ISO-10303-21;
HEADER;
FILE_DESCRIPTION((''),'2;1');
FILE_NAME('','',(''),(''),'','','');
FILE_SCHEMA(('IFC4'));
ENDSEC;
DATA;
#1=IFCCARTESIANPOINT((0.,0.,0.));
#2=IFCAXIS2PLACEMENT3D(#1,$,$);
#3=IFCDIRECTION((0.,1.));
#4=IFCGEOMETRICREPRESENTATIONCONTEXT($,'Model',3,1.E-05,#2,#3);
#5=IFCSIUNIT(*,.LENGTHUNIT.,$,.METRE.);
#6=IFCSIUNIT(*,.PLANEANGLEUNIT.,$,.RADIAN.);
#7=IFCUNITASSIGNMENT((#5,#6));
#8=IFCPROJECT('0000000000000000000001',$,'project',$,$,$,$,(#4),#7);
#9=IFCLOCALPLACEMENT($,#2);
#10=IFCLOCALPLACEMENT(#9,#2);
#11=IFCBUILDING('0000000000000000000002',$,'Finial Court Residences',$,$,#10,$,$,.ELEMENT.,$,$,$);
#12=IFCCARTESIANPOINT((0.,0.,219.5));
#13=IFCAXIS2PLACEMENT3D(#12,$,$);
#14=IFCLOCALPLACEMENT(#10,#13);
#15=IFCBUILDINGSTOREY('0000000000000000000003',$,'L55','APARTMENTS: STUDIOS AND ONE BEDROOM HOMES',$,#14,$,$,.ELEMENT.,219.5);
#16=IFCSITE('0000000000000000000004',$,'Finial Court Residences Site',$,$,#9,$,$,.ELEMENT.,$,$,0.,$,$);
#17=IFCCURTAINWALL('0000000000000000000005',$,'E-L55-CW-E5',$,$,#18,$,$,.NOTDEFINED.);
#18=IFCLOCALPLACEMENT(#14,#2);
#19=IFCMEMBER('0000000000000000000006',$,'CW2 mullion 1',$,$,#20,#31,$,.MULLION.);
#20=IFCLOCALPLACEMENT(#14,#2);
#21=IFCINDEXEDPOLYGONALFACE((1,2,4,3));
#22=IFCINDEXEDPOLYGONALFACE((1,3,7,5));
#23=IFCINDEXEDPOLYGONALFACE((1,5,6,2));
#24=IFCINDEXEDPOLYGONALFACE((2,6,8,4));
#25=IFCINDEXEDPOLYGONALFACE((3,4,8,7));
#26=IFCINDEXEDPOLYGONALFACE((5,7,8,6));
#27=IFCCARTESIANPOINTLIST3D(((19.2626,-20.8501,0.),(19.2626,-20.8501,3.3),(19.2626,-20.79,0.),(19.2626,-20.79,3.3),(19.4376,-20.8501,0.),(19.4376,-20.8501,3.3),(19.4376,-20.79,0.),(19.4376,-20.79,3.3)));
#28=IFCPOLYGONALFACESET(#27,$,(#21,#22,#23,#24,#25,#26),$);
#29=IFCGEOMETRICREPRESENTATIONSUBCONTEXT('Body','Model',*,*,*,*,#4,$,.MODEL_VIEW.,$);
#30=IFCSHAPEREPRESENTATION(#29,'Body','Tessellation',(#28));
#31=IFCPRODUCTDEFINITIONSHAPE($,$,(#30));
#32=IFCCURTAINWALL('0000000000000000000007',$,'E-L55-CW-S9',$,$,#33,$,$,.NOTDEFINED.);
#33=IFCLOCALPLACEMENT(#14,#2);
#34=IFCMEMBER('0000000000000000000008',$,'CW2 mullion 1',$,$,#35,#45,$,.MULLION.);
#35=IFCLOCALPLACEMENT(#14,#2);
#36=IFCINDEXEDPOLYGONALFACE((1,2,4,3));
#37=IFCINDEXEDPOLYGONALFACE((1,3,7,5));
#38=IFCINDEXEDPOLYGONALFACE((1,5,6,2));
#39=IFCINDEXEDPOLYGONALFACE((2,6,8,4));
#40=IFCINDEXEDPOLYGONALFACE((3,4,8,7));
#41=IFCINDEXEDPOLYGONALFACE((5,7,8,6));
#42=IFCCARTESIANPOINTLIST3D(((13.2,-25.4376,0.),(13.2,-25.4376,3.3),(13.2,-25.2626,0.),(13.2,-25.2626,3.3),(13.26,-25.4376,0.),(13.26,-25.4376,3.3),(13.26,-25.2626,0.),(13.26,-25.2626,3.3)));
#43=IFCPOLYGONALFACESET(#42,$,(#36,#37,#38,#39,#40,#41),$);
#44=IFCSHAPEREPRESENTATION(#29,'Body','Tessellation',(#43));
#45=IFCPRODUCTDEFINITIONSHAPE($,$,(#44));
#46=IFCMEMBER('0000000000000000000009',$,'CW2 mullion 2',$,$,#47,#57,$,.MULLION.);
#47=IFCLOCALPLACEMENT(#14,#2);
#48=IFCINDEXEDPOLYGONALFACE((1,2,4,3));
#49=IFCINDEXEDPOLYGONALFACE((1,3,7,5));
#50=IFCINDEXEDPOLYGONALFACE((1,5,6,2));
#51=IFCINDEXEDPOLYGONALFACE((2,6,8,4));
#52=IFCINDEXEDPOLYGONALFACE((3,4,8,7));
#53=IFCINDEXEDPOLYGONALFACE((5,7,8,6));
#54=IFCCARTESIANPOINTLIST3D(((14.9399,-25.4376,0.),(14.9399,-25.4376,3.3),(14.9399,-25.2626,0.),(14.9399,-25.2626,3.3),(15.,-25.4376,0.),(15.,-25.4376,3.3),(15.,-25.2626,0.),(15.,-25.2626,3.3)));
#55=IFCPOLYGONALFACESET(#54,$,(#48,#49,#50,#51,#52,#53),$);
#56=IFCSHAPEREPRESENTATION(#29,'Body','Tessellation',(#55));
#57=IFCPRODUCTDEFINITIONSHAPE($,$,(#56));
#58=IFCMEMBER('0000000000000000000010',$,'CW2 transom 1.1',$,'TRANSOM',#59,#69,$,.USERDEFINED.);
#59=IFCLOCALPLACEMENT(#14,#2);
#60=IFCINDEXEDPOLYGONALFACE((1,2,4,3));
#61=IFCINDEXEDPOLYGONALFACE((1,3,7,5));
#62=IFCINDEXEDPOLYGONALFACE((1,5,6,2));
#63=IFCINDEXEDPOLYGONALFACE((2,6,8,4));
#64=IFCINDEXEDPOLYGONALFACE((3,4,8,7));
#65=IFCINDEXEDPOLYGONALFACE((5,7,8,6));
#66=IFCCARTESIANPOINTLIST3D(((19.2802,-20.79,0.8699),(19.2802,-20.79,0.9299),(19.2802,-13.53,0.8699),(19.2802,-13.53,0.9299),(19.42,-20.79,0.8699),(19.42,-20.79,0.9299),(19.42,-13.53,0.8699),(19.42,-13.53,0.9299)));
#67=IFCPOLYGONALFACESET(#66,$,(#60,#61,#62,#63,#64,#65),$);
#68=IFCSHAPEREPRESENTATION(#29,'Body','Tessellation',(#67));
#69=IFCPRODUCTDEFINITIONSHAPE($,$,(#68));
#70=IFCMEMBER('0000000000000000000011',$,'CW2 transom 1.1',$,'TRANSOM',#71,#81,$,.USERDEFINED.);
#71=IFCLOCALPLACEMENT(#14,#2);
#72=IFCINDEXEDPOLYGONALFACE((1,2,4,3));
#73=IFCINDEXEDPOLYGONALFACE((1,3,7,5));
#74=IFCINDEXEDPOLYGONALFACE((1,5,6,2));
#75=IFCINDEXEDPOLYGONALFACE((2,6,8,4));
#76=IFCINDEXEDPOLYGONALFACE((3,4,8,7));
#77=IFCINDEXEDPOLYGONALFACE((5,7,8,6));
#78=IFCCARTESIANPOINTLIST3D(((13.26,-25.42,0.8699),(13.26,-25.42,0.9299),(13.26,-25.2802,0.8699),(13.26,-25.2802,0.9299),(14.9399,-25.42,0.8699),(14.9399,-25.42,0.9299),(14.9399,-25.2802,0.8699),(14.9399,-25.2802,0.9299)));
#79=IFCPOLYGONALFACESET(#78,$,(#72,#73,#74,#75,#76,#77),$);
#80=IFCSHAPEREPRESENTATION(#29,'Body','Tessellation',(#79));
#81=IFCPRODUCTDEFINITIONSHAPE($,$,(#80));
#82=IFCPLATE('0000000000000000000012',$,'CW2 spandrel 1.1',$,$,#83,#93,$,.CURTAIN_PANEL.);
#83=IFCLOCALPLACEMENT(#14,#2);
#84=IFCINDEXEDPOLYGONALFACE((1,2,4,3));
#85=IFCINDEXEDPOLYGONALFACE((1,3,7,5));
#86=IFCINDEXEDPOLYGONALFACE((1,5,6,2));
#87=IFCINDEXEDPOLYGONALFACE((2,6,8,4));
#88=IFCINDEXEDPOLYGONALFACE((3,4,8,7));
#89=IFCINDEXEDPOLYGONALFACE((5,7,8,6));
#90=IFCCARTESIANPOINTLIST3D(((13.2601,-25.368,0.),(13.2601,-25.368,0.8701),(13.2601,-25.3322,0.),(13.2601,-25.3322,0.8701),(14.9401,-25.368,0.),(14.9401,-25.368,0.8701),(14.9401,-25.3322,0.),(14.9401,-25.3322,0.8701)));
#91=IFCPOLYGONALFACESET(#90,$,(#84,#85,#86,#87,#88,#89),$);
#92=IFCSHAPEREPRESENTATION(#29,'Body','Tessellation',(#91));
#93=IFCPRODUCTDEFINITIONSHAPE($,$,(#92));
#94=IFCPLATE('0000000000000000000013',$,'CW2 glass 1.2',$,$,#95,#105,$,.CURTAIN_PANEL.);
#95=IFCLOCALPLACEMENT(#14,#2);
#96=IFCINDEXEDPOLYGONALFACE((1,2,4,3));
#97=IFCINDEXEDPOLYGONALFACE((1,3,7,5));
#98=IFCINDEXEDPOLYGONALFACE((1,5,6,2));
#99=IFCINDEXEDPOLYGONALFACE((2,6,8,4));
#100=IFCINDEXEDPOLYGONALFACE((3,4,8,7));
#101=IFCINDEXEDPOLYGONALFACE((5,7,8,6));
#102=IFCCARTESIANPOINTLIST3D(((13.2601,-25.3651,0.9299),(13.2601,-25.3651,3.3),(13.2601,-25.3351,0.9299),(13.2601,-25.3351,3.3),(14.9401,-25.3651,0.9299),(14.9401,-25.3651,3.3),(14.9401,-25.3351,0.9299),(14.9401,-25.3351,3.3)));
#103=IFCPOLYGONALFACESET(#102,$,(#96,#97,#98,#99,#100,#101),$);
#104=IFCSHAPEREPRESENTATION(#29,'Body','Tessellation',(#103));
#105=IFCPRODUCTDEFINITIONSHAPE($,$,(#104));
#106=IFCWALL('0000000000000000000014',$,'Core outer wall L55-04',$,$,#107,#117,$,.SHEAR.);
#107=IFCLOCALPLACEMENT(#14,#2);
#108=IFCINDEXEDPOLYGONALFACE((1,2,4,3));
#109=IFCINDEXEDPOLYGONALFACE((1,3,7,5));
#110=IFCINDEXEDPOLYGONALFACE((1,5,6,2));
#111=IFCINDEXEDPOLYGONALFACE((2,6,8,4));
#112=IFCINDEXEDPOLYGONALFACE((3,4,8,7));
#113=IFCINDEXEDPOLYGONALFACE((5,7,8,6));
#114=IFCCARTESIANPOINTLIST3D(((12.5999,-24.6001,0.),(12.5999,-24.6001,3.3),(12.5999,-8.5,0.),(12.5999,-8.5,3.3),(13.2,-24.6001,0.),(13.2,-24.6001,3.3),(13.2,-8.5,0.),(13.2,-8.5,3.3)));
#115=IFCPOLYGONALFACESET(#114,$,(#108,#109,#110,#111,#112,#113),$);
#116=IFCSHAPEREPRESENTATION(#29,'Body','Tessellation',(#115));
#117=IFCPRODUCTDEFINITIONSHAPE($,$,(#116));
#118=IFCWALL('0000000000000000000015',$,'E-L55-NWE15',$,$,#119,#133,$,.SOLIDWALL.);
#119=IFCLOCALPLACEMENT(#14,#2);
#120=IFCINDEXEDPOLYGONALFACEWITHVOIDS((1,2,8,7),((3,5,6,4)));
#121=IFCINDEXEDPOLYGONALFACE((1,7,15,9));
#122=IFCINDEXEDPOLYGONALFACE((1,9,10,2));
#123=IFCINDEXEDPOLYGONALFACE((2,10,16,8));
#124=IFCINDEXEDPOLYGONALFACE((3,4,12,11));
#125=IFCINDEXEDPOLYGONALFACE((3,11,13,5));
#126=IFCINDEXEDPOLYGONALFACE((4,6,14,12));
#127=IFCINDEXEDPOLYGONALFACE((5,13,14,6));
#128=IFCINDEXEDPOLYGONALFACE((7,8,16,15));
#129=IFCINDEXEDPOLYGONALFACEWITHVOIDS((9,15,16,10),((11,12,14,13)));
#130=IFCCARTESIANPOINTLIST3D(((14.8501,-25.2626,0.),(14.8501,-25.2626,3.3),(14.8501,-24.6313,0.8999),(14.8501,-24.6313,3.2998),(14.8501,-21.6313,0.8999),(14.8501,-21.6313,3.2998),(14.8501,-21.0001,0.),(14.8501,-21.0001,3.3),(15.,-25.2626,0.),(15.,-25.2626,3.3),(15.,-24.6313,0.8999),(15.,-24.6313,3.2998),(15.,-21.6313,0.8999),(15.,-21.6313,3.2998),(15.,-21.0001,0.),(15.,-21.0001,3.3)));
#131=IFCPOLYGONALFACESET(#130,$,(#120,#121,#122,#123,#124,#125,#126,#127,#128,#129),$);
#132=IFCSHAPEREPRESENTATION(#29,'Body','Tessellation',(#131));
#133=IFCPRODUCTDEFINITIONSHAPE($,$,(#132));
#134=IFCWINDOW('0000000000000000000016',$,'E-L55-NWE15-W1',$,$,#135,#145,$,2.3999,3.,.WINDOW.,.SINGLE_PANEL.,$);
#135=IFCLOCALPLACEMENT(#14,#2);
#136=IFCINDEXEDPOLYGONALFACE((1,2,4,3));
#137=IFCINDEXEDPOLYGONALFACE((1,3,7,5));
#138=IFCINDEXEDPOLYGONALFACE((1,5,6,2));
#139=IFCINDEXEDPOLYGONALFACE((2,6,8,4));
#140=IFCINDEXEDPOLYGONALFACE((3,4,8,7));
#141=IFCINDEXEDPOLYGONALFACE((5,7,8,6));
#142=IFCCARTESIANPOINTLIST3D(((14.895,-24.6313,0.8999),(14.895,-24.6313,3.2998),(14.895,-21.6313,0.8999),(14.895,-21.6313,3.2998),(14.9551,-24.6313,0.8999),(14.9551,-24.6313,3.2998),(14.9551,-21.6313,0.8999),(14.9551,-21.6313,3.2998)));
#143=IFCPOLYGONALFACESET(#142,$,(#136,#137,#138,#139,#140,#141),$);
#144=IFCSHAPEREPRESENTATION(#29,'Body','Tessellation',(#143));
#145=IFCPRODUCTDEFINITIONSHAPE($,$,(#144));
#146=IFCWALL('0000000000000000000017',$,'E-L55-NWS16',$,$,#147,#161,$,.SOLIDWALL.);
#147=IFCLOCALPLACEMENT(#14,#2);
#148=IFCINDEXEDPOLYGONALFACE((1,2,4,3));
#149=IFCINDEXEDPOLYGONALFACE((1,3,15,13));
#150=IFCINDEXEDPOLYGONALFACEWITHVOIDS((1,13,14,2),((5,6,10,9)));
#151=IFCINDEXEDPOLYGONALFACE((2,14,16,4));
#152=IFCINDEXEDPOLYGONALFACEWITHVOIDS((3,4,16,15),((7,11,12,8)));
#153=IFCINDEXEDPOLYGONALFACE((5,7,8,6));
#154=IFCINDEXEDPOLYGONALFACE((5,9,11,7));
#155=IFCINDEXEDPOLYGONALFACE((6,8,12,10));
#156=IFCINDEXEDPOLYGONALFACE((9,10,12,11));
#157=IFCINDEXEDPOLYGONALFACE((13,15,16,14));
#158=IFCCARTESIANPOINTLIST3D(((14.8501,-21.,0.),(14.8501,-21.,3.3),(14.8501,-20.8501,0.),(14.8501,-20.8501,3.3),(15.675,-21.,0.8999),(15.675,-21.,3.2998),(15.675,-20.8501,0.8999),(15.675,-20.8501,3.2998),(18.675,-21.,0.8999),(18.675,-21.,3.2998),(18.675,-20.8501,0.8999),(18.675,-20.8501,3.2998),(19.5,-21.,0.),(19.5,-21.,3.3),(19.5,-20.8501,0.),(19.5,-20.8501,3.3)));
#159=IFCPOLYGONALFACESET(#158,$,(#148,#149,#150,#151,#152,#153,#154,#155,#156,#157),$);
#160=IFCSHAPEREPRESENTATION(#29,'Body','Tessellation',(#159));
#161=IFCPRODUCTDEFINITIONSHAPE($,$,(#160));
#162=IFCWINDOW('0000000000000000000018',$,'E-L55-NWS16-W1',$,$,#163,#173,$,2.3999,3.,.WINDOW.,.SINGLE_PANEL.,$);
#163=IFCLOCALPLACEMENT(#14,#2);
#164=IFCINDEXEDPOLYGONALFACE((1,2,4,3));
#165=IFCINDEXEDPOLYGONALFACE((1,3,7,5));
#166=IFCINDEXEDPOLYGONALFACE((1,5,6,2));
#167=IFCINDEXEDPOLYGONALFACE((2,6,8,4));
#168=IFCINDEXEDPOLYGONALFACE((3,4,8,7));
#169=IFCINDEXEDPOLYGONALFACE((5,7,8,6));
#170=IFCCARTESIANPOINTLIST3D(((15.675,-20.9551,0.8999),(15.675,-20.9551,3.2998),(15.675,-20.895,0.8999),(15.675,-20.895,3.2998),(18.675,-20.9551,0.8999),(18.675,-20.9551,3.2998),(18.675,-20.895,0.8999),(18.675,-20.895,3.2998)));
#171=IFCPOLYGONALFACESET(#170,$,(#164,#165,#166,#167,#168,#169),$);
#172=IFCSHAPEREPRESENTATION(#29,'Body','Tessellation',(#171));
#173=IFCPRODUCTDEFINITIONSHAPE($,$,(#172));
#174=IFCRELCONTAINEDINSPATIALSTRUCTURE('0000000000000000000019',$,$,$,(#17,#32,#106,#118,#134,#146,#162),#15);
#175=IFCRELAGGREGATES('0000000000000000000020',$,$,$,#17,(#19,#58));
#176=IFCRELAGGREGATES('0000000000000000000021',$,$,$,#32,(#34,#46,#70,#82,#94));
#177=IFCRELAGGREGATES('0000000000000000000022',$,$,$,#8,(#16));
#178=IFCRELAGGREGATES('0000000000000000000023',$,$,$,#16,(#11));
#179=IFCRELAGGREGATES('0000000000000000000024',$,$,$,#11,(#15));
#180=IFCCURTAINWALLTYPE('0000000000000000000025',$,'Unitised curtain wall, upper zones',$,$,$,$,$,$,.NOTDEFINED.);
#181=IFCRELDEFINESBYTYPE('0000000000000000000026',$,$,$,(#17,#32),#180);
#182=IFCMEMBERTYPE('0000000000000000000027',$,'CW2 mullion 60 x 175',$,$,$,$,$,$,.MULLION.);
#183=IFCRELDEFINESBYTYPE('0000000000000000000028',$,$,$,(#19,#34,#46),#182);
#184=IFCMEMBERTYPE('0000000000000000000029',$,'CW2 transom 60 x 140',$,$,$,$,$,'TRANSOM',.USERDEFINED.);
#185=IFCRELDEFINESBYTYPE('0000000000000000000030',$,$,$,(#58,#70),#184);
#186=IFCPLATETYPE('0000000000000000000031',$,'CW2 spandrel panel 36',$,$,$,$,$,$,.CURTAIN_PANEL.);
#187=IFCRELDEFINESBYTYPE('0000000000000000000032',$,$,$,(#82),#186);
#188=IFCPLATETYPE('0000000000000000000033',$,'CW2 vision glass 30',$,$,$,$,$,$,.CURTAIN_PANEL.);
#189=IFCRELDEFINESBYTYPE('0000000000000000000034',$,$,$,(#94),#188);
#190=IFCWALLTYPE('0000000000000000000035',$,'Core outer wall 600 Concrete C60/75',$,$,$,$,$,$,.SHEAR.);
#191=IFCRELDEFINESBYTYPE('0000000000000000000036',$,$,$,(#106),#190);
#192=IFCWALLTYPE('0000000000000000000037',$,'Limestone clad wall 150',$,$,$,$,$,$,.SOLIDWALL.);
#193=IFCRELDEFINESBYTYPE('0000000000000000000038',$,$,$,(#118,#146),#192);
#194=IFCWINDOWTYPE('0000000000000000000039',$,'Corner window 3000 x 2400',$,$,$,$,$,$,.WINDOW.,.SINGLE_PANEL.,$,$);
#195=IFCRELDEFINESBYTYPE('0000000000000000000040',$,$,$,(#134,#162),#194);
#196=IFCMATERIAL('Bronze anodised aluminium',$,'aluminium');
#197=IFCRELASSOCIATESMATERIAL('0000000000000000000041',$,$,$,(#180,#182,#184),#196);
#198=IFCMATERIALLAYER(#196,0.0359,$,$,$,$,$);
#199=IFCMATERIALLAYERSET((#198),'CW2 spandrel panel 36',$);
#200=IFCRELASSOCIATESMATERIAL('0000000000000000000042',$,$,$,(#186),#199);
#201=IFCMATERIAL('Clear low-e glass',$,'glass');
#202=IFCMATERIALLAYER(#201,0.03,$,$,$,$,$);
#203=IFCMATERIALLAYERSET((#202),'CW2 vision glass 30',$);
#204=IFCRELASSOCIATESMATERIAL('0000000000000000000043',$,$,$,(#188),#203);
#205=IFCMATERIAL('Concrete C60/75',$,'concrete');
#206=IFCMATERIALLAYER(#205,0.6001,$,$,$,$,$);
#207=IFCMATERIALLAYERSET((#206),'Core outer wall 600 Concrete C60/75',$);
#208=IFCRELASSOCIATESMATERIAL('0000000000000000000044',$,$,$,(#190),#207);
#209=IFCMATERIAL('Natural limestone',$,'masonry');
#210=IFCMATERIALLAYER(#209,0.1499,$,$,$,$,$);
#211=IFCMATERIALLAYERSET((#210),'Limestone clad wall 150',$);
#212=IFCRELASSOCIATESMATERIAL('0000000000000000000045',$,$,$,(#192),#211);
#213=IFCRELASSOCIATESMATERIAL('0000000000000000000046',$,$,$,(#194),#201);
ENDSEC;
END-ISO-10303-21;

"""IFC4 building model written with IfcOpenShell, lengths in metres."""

from ifc_helpers import new_model, si_unit, direction, frame, frame_2d, origin, origin_2d, place, context, subcontext, project, spatial, rectangle, extrude, material, layer, layer_set, material_profile, profile_set, type_object, element, fill, aggregate, save


model = new_model("IFC4")

# Units and contexts
model_context = context("Model", 3, precision=1e-05, world=origin(), true_north=direction((0.0, 1.0)))
body_context = subcontext(model_context, "Body", "Model", "MODEL_VIEW")
ifc_project = project(units=[si_unit("LENGTHUNIT", "METRE"), si_unit("PLANEANGLEUNIT", "RADIAN")], contexts=[model_context])

# Site, building, storey
site_placement = place(None, origin())
site = spatial("IfcSite", under=ifc_project, at=site_placement, Name="Finial Court Residences Site", CompositionType="ELEMENT", RefElevation=0.0)
building_placement = place(site_placement, origin())
building = spatial("IfcBuilding", under=site, at=building_placement, Name="Finial Court Residences", CompositionType="ELEMENT")
storey_placement = place(building_placement, frame((0.0, 0.0, 219.5)))
storey = spatial("IfcBuildingStorey", under=building, at=storey_placement, Name="L55", Description="APARTMENTS: STUDIOS AND ONE BEDROOM HOMES", CompositionType="ELEMENT", Elevation=219.5)

# Curtain wall, member
ifc_material_1 = material(Name="Bronze anodised aluminium", Category="aluminium")
curtain_wall_type = type_object("IfcCurtainWallType", Name="Unitised curtain wall, upper zones", PredefinedType="NOTDEFINED", material=ifc_material_1)
curtain_wall_1_placement = place(storey_placement, origin())
curtain_wall_1 = element("IfcCurtainWall", 1, at=curtain_wall_1_placement, inside=storey, type_object=curtain_wall_type, Name="E-L55-CW-E5", PredefinedType="NOTDEFINED")
ifc_material_profile_1 = material_profile(ifc_material_1, rectangle(XDim=0.175, YDim=0.0601, at=origin_2d()), Name="CW2 mullion 60 x 175")
ifc_profile_set_1 = profile_set([ifc_material_profile_1], Name="Bronze anodised aluminium")
member_type_1 = type_object("IfcMemberType", Name="CW2 mullion 60 x 175", PredefinedType="MULLION", material=ifc_profile_set_1)
member_1_placement = place(storey_placement, frame((19.3501, -20.8201, 0.0), z_axis=(0.0, 0.0, 1.0), x_axis=(-1.0, 0.0, 0.0)))
member_1 = element("IfcMember", 2, at=member_1_placement, type_object=member_type_1, Name="CW2 mullion 1", PredefinedType="MULLION", context=body_context, shape_type="SweptSolid", body=[
    extrude(rectangle(XDim=0.175, YDim=0.0601, at=origin_2d()), origin(), (0.0, 0.0, 1.0), 3.3),
])

# Curtain wall, members
curtain_wall_2_placement = place(storey_placement, origin())
curtain_wall_2 = element("IfcCurtainWall", 3, at=curtain_wall_2_placement, inside=storey, type_object=curtain_wall_type, Name="E-L55-CW-S9", PredefinedType="NOTDEFINED")
member_2_placement = place(storey_placement, frame((13.23, -25.3501, 0.0), z_axis=(0.0, 0.0, 1.0), x_axis=(0.0, 1.0, 0.0)))
member_2 = element("IfcMember", 4, at=member_2_placement, type_object=member_type_1, Name="CW2 mullion 1", PredefinedType="MULLION", context=body_context, shape_type="SweptSolid", body=[
    extrude(rectangle(XDim=0.175, YDim=0.0601, at=origin_2d()), origin(), (0.0, 0.0, 1.0), 3.3),
])
member_3_placement = place(storey_placement, frame((14.97, -25.3501, 0.0), z_axis=(0.0, 0.0, 1.0), x_axis=(0.0, 1.0, 0.0)))
member_3 = element("IfcMember", 5, at=member_3_placement, type_object=member_type_1, Name="CW2 mullion 2", PredefinedType="MULLION", context=body_context, shape_type="SweptSolid", body=[
    extrude(rectangle(XDim=0.175, YDim=0.0601, at=origin_2d()), origin(), (0.0, 0.0, 1.0), 3.3),
])

# Members
ifc_material_profile_2 = material_profile(ifc_material_1, rectangle(XDim=0.1399, YDim=0.0601, at=origin_2d()), Name="CW2 transom 60 x 140")
ifc_profile_set_2 = profile_set([ifc_material_profile_2], Name="Bronze anodised aluminium")
member_type_2 = type_object("IfcMemberType", Name="CW2 transom 60 x 140", ElementType="TRANSOM", PredefinedType="USERDEFINED", material=ifc_profile_set_2)
member_4_placement = place(storey_placement, frame((19.3501, -20.79, 0.8999), z_axis=(0.0, 1.0, 0.0), x_axis=(-1.0, 0.0, 0.0)))
member_4 = element("IfcMember", 6, at=member_4_placement, type_object=member_type_2, Name="CW2 transom 1.1", ObjectType="TRANSOM", PredefinedType="USERDEFINED", context=body_context, shape_type="SweptSolid", body=[
    extrude(rectangle(XDim=0.1399, YDim=0.0601, at=origin_2d()), origin(), (0.0, 0.0, 1.0), 7.26),
])
aggregate(curtain_wall_1, [member_1, member_4])
member_5_placement = place(storey_placement, frame((13.26, -25.3501, 0.8999), z_axis=(1.0, 0.0, 0.0), x_axis=(0.0, 1.0, 0.0)))
member_5 = element("IfcMember", 7, at=member_5_placement, type_object=member_type_2, Name="CW2 transom 1.1", ObjectType="TRANSOM", PredefinedType="USERDEFINED", context=body_context, shape_type="SweptSolid", body=[
    extrude(rectangle(XDim=0.1399, YDim=0.0601, at=origin_2d()), origin(), (0.0, 0.0, 1.0), 1.6799),
])

# Plates
ifc_layer_1 = layer(ifc_material_1, 0.0359)
ifc_layer_set_1 = layer_set([ifc_layer_1], Name="CW2 spandrel panel 36")
plate_type_1 = type_object("IfcPlateType", Name="CW2 spandrel panel 36", PredefinedType="CURTAIN_PANEL", material=ifc_layer_set_1)
plate_1_placement = place(storey_placement, frame((14.1001, -25.3501, 0.0), z_axis=(0.0, 0.0, 1.0), x_axis=(1.0, 0.0, 0.0)))
plate_1 = element("IfcPlate", 8, at=plate_1_placement, type_object=plate_type_1, Name="CW2 spandrel 1.1", PredefinedType="CURTAIN_PANEL", context=body_context, shape_type="SweptSolid", body=[
    extrude(rectangle(XDim=1.6799, YDim=0.0359, at=origin_2d()), origin(), (0.0, 0.0, 1.0), 0.8701),
])
ifc_material_2 = material(Name="Clear low-e glass", Category="glass")
ifc_layer_2 = layer(ifc_material_2, 0.03)
ifc_layer_set_2 = layer_set([ifc_layer_2], Name="CW2 vision glass 30")
plate_type_2 = type_object("IfcPlateType", Name="CW2 vision glass 30", PredefinedType="CURTAIN_PANEL", material=ifc_layer_set_2)
plate_2_placement = place(storey_placement, frame((14.1001, -25.3501, 0.9299), z_axis=(0.0, 0.0, 1.0), x_axis=(1.0, 0.0, 0.0)))
plate_2 = element("IfcPlate", 9, at=plate_2_placement, type_object=plate_type_2, Name="CW2 glass 1.2", PredefinedType="CURTAIN_PANEL", context=body_context, shape_type="SweptSolid", body=[
    extrude(rectangle(XDim=1.6799, YDim=0.03, at=origin_2d()), origin(), (0.0, 0.0, 1.0), 2.3701),
])
aggregate(curtain_wall_2, [member_2, member_3, member_5, plate_1, plate_2])

# Wall
ifc_material_3 = material(Name="Concrete C60/75", Category="concrete")
ifc_layer_3 = layer(ifc_material_3, 0.6001)
ifc_layer_set_3 = layer_set([ifc_layer_3], Name="Core outer wall 600 Concrete C60/75")
wall_type_1 = type_object("IfcWallType", Name="Core outer wall 600 Concrete C60/75", PredefinedType="SHEAR", material=ifc_layer_set_3)
wall_1_placement = place(storey_placement, frame((12.8999, -24.6001, 0.0), z_axis=(0.0, 0.0, 1.0), x_axis=(0.0, 1.0, 0.0)))
element("IfcWall", 10, at=wall_1_placement, inside=storey, type_object=wall_type_1, Name="Core outer wall L55-04", PredefinedType="SHEAR", context=body_context, shape_type="SweptSolid", body=[
    extrude(rectangle(XDim=16.1001, YDim=0.6001, at=frame_2d((8.05, 0.0))), origin(), (0.0, 0.0, 1.0), 3.3),
])

# Walls, openings, windows
ifc_material_4 = material(Name="Natural limestone", Category="masonry")
ifc_layer_4 = layer(ifc_material_4, 0.1499)
ifc_layer_set_4 = layer_set([ifc_layer_4], Name="Limestone clad wall 150")
wall_type_2 = type_object("IfcWallType", Name="Limestone clad wall 150", PredefinedType="SOLIDWALL", material=ifc_layer_set_4)
wall_2_placement = place(storey_placement, frame((14.925, -21.0, 0.0), z_axis=(0.0, 0.0, 1.0), x_axis=(0.0, -1.0, 0.0)))
wall_2 = element("IfcWall", 11, at=wall_2_placement, inside=storey, type_object=wall_type_2, Name="E-L55-NWE15", PredefinedType="SOLIDWALL", context=body_context, shape_type="SweptSolid", body=[
    extrude(rectangle(XDim=4.2625, YDim=0.1499, at=frame_2d((2.1313, 0.0))), origin(), (0.0, 0.0, 1.0), 3.3),
])
opening_1_placement = place(wall_2_placement, frame((0.6313, 0.0, 0.8999)))
opening_1 = element("IfcOpeningElement", 12, at=opening_1_placement, cuts=wall_2, PredefinedType="OPENING", context=body_context, shape_type="SweptSolid", body=[
    extrude(rectangle(XDim=3.0, YDim=2.3999, at=frame_2d((1.5, 1.2))), frame((0.0, 0.085, 0.0), z_axis=(0.0, -1.0, 0.0), x_axis=(1.0, 0.0, 0.0)), (0.0, 0.0, 1.0), 0.1699),
])
window_type = type_object("IfcWindowType", Name="Corner window 3000 x 2400", PartitioningType="SINGLE_PANEL", PredefinedType="WINDOW", material=ifc_material_2)
window_1_placement = place(opening_1_placement, origin())
window_1 = element("IfcWindow", 13, at=window_1_placement, inside=storey, type_object=window_type, Name="E-L55-NWE15-W1", OverallHeight=2.3999, OverallWidth=3.0, PartitioningType="SINGLE_PANEL", PredefinedType="WINDOW", context=body_context, shape_type="SweptSolid", body=[
    extrude(rectangle(XDim=3.0, YDim=2.3999, at=frame_2d((1.5, 1.2))), frame((0.0, 0.03, 0.0), z_axis=(0.0, -1.0, 0.0), x_axis=(1.0, 0.0, 0.0)), (0.0, 0.0, 1.0), 0.0601),
])
fill(opening_1, window_1)
wall_3_placement = place(storey_placement, frame((19.5, -20.925, 0.0), z_axis=(0.0, 0.0, 1.0), x_axis=(-1.0, 0.0, 0.0)))
wall_3 = element("IfcWall", 14, at=wall_3_placement, inside=storey, type_object=wall_type_2, Name="E-L55-NWS16", PredefinedType="SOLIDWALL", context=body_context, shape_type="SweptSolid", body=[
    extrude(rectangle(XDim=4.6499, YDim=0.1499, at=frame_2d((2.325, 0.0))), origin(), (0.0, 0.0, 1.0), 3.3),
])
opening_2_placement = place(wall_3_placement, frame((0.825, 0.0, 0.8999)))
opening_2 = element("IfcOpeningElement", 15, at=opening_2_placement, cuts=wall_3, PredefinedType="OPENING", context=body_context, shape_type="SweptSolid", body=[
    extrude(rectangle(XDim=3.0, YDim=2.3999, at=frame_2d((1.5, 1.2))), frame((0.0, 0.085, 0.0), z_axis=(0.0, -1.0, 0.0), x_axis=(1.0, 0.0, 0.0)), (0.0, 0.0, 1.0), 0.1699),
])
window_2_placement = place(opening_2_placement, origin())
window_2 = element("IfcWindow", 16, at=window_2_placement, inside=storey, type_object=window_type, Name="E-L55-NWS16-W1", OverallHeight=2.3999, OverallWidth=3.0, PartitioningType="SINGLE_PANEL", PredefinedType="WINDOW", context=body_context, shape_type="SweptSolid", body=[
    extrude(rectangle(XDim=3.0, YDim=2.3999, at=frame_2d((1.5, 1.2))), frame((0.0, 0.03, 0.0), z_axis=(0.0, -1.0, 0.0), x_axis=(1.0, 0.0, 0.0)), (0.0, 0.0, 1.0), 0.0601),
])
fill(opening_2, window_2)

save(model, "model.ifc")
